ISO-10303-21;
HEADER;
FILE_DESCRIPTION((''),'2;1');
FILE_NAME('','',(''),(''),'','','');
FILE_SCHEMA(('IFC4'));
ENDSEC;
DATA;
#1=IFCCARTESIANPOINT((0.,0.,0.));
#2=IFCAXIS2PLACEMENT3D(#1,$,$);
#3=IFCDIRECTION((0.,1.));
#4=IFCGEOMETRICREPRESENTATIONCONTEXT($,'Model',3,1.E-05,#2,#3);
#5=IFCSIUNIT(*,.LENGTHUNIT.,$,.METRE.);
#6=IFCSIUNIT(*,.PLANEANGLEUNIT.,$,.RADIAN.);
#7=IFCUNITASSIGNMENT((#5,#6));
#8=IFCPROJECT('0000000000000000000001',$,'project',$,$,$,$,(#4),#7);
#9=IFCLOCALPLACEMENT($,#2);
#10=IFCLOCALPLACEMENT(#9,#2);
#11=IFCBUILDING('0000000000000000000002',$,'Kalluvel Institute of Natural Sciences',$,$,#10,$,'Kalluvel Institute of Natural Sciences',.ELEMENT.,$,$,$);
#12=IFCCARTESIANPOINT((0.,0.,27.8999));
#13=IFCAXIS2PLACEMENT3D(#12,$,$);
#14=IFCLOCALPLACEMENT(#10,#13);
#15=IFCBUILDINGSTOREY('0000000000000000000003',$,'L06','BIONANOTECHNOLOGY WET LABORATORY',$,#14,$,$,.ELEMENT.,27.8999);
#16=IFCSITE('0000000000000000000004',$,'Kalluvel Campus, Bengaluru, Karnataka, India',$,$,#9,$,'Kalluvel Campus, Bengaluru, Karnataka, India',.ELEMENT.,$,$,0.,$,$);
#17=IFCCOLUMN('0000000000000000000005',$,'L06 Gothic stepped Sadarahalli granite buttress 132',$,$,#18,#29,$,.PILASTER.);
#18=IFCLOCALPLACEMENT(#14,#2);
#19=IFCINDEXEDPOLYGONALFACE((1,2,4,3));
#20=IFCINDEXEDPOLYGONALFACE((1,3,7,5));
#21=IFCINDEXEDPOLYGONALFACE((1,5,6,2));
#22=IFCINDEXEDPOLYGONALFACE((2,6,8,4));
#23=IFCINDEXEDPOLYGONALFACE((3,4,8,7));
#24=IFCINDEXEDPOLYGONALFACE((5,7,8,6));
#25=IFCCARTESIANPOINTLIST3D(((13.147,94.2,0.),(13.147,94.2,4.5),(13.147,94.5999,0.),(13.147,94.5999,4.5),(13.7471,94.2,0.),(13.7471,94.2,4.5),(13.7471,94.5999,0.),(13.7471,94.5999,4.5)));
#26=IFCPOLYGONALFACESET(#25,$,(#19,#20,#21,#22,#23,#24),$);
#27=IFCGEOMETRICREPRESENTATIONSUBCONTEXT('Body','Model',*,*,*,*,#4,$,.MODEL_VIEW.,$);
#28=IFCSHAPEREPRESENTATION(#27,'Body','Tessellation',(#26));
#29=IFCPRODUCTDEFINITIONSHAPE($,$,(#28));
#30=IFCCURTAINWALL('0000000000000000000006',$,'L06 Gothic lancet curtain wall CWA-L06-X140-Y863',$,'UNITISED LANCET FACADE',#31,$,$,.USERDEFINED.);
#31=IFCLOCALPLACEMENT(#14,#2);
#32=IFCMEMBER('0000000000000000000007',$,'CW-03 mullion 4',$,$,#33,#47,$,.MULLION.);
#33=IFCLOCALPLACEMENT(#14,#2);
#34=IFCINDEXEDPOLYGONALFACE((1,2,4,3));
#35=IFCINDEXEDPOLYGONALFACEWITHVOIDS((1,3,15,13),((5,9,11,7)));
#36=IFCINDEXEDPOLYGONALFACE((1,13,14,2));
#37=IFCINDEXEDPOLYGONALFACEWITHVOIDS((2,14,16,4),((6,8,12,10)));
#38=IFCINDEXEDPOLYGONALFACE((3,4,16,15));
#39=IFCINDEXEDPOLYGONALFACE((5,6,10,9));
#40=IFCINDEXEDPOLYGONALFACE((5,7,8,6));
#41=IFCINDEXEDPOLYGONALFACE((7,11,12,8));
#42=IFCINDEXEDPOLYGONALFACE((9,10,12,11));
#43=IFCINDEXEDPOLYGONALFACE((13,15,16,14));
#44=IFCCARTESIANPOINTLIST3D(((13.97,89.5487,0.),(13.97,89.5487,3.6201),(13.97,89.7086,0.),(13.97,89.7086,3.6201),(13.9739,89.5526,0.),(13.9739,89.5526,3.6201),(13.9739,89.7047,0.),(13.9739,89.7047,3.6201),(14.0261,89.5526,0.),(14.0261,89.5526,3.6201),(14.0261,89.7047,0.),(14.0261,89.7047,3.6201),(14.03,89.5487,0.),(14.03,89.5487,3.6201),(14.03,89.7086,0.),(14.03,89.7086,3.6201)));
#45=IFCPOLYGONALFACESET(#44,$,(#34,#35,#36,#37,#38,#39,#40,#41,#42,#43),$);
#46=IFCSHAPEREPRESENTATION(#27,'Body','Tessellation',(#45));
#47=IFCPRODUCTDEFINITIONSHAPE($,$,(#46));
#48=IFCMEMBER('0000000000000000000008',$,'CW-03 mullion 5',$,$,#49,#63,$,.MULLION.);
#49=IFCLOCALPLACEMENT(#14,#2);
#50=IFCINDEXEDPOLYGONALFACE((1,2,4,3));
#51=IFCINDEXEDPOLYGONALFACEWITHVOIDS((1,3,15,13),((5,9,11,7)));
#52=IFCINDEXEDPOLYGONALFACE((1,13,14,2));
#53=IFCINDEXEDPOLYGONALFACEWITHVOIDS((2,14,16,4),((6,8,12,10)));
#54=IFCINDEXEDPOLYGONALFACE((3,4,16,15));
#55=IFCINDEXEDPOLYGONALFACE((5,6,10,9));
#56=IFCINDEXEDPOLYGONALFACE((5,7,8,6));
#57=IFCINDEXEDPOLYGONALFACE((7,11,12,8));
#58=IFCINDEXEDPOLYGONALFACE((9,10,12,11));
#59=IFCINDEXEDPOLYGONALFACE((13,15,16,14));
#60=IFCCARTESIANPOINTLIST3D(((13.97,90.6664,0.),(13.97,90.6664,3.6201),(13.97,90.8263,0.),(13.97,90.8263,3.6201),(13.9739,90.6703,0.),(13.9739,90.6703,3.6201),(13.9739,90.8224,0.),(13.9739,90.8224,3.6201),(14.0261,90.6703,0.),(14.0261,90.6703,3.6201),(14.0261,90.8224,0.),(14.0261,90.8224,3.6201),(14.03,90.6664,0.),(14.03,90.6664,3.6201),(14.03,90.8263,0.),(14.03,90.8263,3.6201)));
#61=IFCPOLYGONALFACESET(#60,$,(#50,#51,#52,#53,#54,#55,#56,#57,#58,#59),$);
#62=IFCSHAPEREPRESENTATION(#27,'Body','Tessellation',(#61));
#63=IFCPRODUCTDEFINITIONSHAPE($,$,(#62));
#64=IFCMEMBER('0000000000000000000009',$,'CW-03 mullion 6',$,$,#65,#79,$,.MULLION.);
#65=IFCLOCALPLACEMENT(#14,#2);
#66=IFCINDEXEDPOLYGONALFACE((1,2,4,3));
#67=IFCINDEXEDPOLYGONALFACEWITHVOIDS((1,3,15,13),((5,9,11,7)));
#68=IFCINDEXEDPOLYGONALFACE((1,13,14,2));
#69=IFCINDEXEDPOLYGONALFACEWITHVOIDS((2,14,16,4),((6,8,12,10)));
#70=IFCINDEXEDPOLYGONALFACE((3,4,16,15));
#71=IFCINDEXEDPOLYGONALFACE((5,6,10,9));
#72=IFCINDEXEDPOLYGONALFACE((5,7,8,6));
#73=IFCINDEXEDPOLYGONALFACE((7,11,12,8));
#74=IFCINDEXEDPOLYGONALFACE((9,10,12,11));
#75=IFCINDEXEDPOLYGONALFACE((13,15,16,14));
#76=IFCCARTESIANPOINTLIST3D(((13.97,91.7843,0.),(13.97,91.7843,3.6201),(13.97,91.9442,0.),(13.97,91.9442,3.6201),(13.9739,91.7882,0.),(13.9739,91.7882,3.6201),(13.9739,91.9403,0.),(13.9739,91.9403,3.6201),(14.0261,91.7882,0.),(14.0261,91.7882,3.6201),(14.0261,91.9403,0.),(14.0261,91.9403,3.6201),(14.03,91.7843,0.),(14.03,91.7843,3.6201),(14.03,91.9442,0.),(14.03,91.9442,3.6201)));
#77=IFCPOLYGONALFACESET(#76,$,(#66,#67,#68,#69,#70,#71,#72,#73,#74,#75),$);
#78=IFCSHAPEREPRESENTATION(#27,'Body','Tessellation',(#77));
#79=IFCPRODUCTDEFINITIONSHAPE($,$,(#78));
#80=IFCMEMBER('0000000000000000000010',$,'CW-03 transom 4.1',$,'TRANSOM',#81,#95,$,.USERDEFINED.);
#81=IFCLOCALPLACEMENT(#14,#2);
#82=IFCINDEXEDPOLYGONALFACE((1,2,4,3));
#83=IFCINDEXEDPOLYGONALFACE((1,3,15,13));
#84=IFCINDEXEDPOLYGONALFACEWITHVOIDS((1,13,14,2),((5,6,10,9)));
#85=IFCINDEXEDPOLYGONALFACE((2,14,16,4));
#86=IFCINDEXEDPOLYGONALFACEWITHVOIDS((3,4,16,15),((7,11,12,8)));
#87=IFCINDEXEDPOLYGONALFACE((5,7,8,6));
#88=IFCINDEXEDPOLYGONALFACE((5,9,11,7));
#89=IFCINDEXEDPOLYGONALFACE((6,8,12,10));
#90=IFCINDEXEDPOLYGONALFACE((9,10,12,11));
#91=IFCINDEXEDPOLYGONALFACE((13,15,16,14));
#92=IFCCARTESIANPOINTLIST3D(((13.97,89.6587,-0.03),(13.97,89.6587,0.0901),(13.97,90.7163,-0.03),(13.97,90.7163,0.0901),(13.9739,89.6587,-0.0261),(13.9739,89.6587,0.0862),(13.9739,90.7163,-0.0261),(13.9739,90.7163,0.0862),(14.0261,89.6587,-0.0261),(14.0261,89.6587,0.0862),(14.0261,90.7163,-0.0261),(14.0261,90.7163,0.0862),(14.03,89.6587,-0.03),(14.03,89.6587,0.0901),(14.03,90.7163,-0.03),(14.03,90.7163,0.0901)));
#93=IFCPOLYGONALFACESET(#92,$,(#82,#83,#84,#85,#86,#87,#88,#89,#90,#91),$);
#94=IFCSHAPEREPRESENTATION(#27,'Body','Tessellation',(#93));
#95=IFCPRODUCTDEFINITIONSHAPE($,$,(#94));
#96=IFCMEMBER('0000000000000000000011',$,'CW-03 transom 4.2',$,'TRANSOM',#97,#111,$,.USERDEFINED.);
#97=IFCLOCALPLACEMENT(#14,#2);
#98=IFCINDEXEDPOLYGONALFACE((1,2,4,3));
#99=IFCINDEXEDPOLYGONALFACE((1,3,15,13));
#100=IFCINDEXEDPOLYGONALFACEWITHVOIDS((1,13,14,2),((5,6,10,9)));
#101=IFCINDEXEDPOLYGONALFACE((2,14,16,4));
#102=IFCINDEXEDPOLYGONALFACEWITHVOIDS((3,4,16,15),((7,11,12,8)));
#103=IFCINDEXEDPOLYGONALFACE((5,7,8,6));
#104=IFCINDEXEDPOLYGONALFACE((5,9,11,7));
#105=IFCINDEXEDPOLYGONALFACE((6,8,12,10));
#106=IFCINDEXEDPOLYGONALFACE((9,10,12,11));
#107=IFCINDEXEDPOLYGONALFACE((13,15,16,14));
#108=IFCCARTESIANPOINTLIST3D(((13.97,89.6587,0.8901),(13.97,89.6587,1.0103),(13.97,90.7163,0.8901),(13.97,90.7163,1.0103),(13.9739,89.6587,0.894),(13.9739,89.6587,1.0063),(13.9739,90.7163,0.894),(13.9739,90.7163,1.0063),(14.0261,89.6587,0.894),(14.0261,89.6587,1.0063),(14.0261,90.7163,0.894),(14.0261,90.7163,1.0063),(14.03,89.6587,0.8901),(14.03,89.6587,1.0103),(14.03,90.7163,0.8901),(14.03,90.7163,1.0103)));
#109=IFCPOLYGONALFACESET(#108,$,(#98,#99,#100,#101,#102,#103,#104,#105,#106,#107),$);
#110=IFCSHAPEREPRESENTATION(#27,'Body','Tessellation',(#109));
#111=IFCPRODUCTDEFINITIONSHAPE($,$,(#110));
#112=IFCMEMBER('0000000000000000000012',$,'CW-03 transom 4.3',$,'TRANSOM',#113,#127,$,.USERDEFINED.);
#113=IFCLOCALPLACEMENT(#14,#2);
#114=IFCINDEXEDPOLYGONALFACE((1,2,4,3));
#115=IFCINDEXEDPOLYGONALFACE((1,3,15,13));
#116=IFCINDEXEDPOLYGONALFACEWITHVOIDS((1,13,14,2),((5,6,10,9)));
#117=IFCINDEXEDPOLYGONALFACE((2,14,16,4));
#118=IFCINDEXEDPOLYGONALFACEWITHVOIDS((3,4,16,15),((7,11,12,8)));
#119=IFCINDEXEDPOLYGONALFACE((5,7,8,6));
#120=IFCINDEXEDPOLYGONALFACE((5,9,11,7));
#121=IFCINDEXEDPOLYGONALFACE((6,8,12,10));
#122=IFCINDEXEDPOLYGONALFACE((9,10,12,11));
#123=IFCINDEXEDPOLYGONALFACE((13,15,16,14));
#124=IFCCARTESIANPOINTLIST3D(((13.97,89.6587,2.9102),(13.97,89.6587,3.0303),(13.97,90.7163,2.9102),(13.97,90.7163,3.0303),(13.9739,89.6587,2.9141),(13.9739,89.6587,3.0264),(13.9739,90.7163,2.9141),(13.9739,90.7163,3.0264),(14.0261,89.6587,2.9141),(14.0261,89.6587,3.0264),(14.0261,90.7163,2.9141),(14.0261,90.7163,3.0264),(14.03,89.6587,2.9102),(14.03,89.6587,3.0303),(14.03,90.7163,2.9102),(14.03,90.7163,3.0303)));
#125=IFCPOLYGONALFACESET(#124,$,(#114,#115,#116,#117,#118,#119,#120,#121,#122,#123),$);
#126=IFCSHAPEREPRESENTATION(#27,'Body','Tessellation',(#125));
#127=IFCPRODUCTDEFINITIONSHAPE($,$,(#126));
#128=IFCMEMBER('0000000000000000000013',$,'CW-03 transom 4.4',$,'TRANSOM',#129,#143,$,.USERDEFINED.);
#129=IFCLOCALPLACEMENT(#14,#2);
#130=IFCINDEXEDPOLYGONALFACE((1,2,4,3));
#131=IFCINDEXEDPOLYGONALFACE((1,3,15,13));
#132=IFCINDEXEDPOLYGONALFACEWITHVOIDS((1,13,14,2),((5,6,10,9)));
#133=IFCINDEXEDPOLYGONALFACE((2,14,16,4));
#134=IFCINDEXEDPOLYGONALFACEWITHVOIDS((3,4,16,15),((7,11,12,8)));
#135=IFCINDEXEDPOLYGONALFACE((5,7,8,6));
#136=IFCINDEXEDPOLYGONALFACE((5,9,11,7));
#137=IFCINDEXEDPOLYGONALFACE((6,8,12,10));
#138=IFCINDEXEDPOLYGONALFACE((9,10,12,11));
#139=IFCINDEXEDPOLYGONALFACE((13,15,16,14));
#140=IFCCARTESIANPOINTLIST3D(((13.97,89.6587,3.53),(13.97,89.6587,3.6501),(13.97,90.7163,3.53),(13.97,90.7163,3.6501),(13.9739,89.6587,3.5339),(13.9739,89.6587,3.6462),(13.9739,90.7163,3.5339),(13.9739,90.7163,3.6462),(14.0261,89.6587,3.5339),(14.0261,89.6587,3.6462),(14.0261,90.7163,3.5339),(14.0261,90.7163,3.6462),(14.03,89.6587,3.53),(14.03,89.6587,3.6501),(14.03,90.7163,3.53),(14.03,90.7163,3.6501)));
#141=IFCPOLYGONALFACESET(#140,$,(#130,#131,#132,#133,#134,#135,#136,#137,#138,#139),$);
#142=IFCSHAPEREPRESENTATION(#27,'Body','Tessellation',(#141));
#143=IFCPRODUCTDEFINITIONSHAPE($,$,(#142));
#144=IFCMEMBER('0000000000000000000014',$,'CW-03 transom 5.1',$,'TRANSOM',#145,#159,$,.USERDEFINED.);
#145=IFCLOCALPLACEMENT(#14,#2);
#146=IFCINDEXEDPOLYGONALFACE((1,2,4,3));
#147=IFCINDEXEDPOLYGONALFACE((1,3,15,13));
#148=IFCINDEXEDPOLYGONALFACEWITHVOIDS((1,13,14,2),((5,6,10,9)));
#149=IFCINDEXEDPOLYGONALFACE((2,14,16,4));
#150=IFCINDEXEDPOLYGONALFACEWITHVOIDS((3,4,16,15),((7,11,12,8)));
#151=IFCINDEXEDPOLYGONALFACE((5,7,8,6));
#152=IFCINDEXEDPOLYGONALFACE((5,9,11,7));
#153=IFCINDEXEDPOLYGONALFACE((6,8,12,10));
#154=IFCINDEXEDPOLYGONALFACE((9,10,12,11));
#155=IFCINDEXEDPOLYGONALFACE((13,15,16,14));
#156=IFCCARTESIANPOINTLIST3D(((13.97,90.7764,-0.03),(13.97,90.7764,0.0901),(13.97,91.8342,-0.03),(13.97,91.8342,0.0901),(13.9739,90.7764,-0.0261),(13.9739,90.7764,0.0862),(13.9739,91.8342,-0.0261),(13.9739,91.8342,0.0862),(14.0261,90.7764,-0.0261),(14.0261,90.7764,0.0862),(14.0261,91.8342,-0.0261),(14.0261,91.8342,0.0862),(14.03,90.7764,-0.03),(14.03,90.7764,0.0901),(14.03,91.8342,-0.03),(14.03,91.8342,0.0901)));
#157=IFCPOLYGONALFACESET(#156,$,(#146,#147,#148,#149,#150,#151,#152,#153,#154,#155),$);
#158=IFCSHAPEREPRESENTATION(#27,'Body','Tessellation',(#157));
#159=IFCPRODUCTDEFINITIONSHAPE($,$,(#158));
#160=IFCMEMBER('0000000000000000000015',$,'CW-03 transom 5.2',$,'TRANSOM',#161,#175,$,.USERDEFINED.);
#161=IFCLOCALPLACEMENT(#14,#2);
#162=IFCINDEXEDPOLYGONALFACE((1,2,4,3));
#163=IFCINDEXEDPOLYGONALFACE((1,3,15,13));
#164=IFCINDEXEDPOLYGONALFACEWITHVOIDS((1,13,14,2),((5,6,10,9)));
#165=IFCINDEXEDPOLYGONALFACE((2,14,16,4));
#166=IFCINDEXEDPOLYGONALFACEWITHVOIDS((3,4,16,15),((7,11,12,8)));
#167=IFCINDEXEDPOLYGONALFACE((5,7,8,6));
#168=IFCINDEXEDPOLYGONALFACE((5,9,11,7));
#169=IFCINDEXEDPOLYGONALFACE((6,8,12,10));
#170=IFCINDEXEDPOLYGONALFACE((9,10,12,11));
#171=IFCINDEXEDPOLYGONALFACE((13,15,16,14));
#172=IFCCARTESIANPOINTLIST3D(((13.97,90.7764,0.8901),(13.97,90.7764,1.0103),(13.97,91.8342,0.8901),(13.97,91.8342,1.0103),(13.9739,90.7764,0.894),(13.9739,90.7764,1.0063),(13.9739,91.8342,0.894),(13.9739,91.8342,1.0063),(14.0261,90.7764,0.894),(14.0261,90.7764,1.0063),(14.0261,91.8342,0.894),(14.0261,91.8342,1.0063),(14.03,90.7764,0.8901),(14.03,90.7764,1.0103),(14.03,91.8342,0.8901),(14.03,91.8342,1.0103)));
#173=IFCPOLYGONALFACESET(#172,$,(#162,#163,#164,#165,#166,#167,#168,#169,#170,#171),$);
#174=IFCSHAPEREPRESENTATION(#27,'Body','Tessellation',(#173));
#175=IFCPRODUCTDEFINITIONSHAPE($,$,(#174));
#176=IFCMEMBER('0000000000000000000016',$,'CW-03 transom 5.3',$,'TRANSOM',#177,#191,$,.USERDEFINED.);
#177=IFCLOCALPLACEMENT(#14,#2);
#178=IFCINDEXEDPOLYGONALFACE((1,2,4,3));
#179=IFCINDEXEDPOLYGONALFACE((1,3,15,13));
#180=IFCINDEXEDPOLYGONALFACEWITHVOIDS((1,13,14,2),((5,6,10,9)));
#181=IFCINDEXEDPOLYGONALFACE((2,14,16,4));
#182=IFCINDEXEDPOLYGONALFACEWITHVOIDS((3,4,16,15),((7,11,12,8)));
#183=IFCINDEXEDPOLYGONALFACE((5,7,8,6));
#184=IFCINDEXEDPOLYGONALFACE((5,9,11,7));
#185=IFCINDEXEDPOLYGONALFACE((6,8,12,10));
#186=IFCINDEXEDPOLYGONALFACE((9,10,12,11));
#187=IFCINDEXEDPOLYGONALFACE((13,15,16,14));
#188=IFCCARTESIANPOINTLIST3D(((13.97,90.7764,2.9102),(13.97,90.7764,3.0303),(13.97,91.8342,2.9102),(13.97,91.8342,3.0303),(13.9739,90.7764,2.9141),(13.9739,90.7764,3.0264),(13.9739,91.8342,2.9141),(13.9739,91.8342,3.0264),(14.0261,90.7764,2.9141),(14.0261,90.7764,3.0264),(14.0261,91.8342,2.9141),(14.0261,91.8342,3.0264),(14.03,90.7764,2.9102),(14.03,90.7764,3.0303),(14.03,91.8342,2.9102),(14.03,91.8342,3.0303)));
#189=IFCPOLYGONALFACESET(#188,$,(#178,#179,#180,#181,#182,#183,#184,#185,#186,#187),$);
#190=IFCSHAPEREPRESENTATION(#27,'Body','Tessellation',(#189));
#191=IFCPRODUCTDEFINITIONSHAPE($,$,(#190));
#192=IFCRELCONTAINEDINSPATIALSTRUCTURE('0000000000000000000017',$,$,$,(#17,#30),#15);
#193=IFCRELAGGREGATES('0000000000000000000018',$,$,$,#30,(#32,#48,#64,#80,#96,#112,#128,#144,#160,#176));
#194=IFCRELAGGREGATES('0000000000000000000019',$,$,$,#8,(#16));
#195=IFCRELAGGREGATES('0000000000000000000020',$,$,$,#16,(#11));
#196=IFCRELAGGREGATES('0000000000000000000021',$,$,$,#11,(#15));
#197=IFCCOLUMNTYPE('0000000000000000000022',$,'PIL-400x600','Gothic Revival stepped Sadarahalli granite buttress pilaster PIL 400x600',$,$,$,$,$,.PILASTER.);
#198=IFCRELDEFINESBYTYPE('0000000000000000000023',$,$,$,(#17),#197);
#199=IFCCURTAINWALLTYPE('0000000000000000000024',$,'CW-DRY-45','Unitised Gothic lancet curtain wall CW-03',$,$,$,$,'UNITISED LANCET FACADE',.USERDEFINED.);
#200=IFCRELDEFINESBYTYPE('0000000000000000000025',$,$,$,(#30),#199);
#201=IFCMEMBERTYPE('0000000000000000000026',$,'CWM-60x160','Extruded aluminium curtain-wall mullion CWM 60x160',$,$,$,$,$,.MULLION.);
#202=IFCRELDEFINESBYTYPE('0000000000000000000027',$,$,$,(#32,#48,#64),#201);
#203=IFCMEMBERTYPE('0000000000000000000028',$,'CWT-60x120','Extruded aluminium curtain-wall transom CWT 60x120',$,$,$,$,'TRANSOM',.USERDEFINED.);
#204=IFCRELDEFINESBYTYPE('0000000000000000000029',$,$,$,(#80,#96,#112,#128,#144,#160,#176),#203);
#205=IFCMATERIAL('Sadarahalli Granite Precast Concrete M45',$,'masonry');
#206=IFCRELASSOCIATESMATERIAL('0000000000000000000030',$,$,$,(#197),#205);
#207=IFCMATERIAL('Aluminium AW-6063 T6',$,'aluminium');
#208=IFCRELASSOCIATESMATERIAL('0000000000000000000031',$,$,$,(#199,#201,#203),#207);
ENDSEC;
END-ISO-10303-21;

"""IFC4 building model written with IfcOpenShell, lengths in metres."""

from ifc_helpers import new_model, si_unit, direction, frame, origin, origin_2d, place, context, subcontext, project, spatial, rectangle, hollow_rectangle, extrude, material, material_profile, profile_set, type_object, element, aggregate, save


model = new_model("IFC4")

# Units and contexts
model_context = context("Model", 3, precision=1e-05, world=origin(), true_north=direction((0.0, 1.0)))
body_context = subcontext(model_context, "Body", "Model", "MODEL_VIEW")
ifc_project = project(units=[si_unit("LENGTHUNIT", "METRE"), si_unit("PLANEANGLEUNIT", "RADIAN")], contexts=[model_context])

# Site, building, storey
site_placement = place(None, origin())
site = spatial("IfcSite", under=ifc_project, at=site_placement, Name="Kalluvel Campus, Bengaluru, Karnataka, India", LongName="Kalluvel Campus, Bengaluru, Karnataka, India", CompositionType="ELEMENT", RefElevation=0.0)
building_placement = place(site_placement, origin())
building = spatial("IfcBuilding", under=site, at=building_placement, Name="Kalluvel Institute of Natural Sciences", LongName="Kalluvel Institute of Natural Sciences", CompositionType="ELEMENT")
storey_placement = place(building_placement, frame((0.0, 0.0, 27.8999)))
storey = spatial("IfcBuildingStorey", under=building, at=storey_placement, Name="L06", Description="BIONANOTECHNOLOGY WET LABORATORY", CompositionType="ELEMENT", Elevation=27.8999)

# Column
ifc_material_1 = material(Name="Sadarahalli Granite Precast Concrete M45", Category="masonry")
ifc_material_profile_1 = material_profile(ifc_material_1, rectangle(XDim=0.3999, YDim=0.6001, at=origin_2d()), Name="PIL 400x600")
ifc_profile_set_1 = profile_set([ifc_material_profile_1], Name="Sadarahalli Granite Precast Concrete M45")
column_type = type_object("IfcColumnType", Name="PIL-400x600", Description="Gothic Revival stepped Sadarahalli granite buttress pilaster PIL 400x600", PredefinedType="PILASTER", material=ifc_profile_set_1)
column_placement = place(storey_placement, frame((13.447, 94.3999, 0.0), z_axis=(0.0, 0.0, 1.0), x_axis=(0.0, 1.0, 0.0)))
element("IfcColumn", 1, at=column_placement, inside=storey, type_object=column_type, Name="L06 Gothic stepped Sadarahalli granite buttress 132", PredefinedType="PILASTER", context=body_context, shape_type="SweptSolid", body=[
    extrude(rectangle(XDim=0.3999, YDim=0.6001, at=origin_2d()), origin(), (0.0, 0.0, 1.0), 4.5),
])

# Curtain wall, members
ifc_material_2 = material(Name="Aluminium AW-6063 T6", Category="aluminium")
curtain_wall_type = type_object("IfcCurtainWallType", Name="CW-DRY-45", Description="Unitised Gothic lancet curtain wall CW-03", ElementType="UNITISED LANCET FACADE", PredefinedType="USERDEFINED", material=ifc_material_2)
curtain_wall_placement = place(storey_placement, origin())
curtain_wall = element("IfcCurtainWall", 2, at=curtain_wall_placement, inside=storey, type_object=curtain_wall_type, Name="L06 Gothic lancet curtain wall CWA-L06-X140-Y863", ObjectType="UNITISED LANCET FACADE", PredefinedType="USERDEFINED")
ifc_material_profile_2 = material_profile(ifc_material_2, hollow_rectangle(XDim=0.0601, YDim=0.1599, WallThickness=0.0039, at=origin_2d()), Name="CWM 60x160")
ifc_profile_set_2 = profile_set([ifc_material_profile_2], Name="Aluminium AW-6063 T6")
member_type_1 = type_object("IfcMemberType", Name="CWM-60x160", Description="Extruded aluminium curtain-wall mullion CWM 60x160", PredefinedType="MULLION", material=ifc_profile_set_2)
member_1_placement = place(storey_placement, frame((14.0, 89.6287, 0.0), z_axis=(0.0, 0.0, 1.0), x_axis=(-1.0, 0.0, 0.0)))
member_1 = element("IfcMember", 3, at=member_1_placement, type_object=member_type_1, Name="CW-03 mullion 4", PredefinedType="MULLION", context=body_context, shape_type="SweptSolid", body=[
    extrude(hollow_rectangle(XDim=0.0601, YDim=0.1599, WallThickness=0.0039, at=origin_2d()), origin(), (0.0, 0.0, 1.0), 3.6201),
])
member_2_placement = place(storey_placement, frame((14.0, 90.7463, 0.0), z_axis=(0.0, 0.0, 1.0), x_axis=(-1.0, 0.0, 0.0)))
member_2 = element("IfcMember", 4, at=member_2_placement, type_object=member_type_1, Name="CW-03 mullion 5", PredefinedType="MULLION", context=body_context, shape_type="SweptSolid", body=[
    extrude(hollow_rectangle(XDim=0.0601, YDim=0.1599, WallThickness=0.0039, at=origin_2d()), origin(), (0.0, 0.0, 1.0), 3.6201),
])
member_3_placement = place(storey_placement, frame((14.0, 91.8643, 0.0), z_axis=(0.0, 0.0, 1.0), x_axis=(-1.0, 0.0, 0.0)))
member_3 = element("IfcMember", 5, at=member_3_placement, type_object=member_type_1, Name="CW-03 mullion 6", PredefinedType="MULLION", context=body_context, shape_type="SweptSolid", body=[
    extrude(hollow_rectangle(XDim=0.0601, YDim=0.1599, WallThickness=0.0039, at=origin_2d()), origin(), (0.0, 0.0, 1.0), 3.6201),
])
ifc_material_profile_3 = material_profile(ifc_material_2, hollow_rectangle(XDim=0.0601, YDim=0.1201, WallThickness=0.0039, at=origin_2d()), Name="CWT 60x120")
ifc_profile_set_3 = profile_set([ifc_material_profile_3], Name="Aluminium AW-6063 T6")
member_type_2 = type_object("IfcMemberType", Name="CWT-60x120", Description="Extruded aluminium curtain-wall transom CWT 60x120", ElementType="TRANSOM", PredefinedType="USERDEFINED", material=ifc_profile_set_3)
member_4_placement = place(storey_placement, frame((14.0, 89.6587, 0.03), z_axis=(0.0, 1.0, 0.0), x_axis=(-1.0, 0.0, 0.0)))
member_4 = element("IfcMember", 6, at=member_4_placement, type_object=member_type_2, Name="CW-03 transom 4.1", ObjectType="TRANSOM", PredefinedType="USERDEFINED", context=body_context, shape_type="SweptSolid", body=[
    extrude(hollow_rectangle(XDim=0.0601, YDim=0.1201, WallThickness=0.0039, at=origin_2d()), origin(), (0.0, 0.0, 1.0), 1.0576),
])
member_5_placement = place(storey_placement, frame((14.0, 89.6587, 0.9502), z_axis=(0.0, 1.0, 0.0), x_axis=(-1.0, 0.0, 0.0)))
member_5 = element("IfcMember", 7, at=member_5_placement, type_object=member_type_2, Name="CW-03 transom 4.2", ObjectType="TRANSOM", PredefinedType="USERDEFINED", context=body_context, shape_type="SweptSolid", body=[
    extrude(hollow_rectangle(XDim=0.0601, YDim=0.1201, WallThickness=0.0039, at=origin_2d()), origin(), (0.0, 0.0, 1.0), 1.0576),
])
member_6_placement = place(storey_placement, frame((14.0, 89.6587, 2.9702), z_axis=(0.0, 1.0, 0.0), x_axis=(-1.0, 0.0, 0.0)))
member_6 = element("IfcMember", 8, at=member_6_placement, type_object=member_type_2, Name="CW-03 transom 4.3", ObjectType="TRANSOM", PredefinedType="USERDEFINED", context=body_context, shape_type="SweptSolid", body=[
    extrude(hollow_rectangle(XDim=0.0601, YDim=0.1201, WallThickness=0.0039, at=origin_2d()), origin(), (0.0, 0.0, 1.0), 1.0576),
])
member_7_placement = place(storey_placement, frame((14.0, 89.6587, 3.5901), z_axis=(0.0, 1.0, 0.0), x_axis=(-1.0, 0.0, 0.0)))
member_7 = element("IfcMember", 9, at=member_7_placement, type_object=member_type_2, Name="CW-03 transom 4.4", ObjectType="TRANSOM", PredefinedType="USERDEFINED", context=body_context, shape_type="SweptSolid", body=[
    extrude(hollow_rectangle(XDim=0.0601, YDim=0.1201, WallThickness=0.0039, at=origin_2d()), origin(), (0.0, 0.0, 1.0), 1.0576),
])
member_8_placement = place(storey_placement, frame((14.0, 90.7764, 0.03), z_axis=(0.0, 1.0, 0.0), x_axis=(-1.0, 0.0, 0.0)))
member_8 = element("IfcMember", 10, at=member_8_placement, type_object=member_type_2, Name="CW-03 transom 5.1", ObjectType="TRANSOM", PredefinedType="USERDEFINED", context=body_context, shape_type="SweptSolid", body=[
    extrude(hollow_rectangle(XDim=0.0601, YDim=0.1201, WallThickness=0.0039, at=origin_2d()), origin(), (0.0, 0.0, 1.0), 1.0579),
])
member_9_placement = place(storey_placement, frame((14.0, 90.7764, 0.9502), z_axis=(0.0, 1.0, 0.0), x_axis=(-1.0, 0.0, 0.0)))
member_9 = element("IfcMember", 11, at=member_9_placement, type_object=member_type_2, Name="CW-03 transom 5.2", ObjectType="TRANSOM", PredefinedType="USERDEFINED", context=body_context, shape_type="SweptSolid", body=[
    extrude(hollow_rectangle(XDim=0.0601, YDim=0.1201, WallThickness=0.0039, at=origin_2d()), origin(), (0.0, 0.0, 1.0), 1.0579),
])
member_10_placement = place(storey_placement, frame((14.0, 90.7764, 2.9702), z_axis=(0.0, 1.0, 0.0), x_axis=(-1.0, 0.0, 0.0)))
member_10 = element("IfcMember", 12, at=member_10_placement, type_object=member_type_2, Name="CW-03 transom 5.3", ObjectType="TRANSOM", PredefinedType="USERDEFINED", context=body_context, shape_type="SweptSolid", body=[
    extrude(hollow_rectangle(XDim=0.0601, YDim=0.1201, WallThickness=0.0039, at=origin_2d()), origin(), (0.0, 0.0, 1.0), 1.0579),
])
aggregate(curtain_wall, [member_1, member_2, member_3, member_4, member_5, member_6, member_7, member_8, member_9, member_10])

save(model, "model.ifc")
